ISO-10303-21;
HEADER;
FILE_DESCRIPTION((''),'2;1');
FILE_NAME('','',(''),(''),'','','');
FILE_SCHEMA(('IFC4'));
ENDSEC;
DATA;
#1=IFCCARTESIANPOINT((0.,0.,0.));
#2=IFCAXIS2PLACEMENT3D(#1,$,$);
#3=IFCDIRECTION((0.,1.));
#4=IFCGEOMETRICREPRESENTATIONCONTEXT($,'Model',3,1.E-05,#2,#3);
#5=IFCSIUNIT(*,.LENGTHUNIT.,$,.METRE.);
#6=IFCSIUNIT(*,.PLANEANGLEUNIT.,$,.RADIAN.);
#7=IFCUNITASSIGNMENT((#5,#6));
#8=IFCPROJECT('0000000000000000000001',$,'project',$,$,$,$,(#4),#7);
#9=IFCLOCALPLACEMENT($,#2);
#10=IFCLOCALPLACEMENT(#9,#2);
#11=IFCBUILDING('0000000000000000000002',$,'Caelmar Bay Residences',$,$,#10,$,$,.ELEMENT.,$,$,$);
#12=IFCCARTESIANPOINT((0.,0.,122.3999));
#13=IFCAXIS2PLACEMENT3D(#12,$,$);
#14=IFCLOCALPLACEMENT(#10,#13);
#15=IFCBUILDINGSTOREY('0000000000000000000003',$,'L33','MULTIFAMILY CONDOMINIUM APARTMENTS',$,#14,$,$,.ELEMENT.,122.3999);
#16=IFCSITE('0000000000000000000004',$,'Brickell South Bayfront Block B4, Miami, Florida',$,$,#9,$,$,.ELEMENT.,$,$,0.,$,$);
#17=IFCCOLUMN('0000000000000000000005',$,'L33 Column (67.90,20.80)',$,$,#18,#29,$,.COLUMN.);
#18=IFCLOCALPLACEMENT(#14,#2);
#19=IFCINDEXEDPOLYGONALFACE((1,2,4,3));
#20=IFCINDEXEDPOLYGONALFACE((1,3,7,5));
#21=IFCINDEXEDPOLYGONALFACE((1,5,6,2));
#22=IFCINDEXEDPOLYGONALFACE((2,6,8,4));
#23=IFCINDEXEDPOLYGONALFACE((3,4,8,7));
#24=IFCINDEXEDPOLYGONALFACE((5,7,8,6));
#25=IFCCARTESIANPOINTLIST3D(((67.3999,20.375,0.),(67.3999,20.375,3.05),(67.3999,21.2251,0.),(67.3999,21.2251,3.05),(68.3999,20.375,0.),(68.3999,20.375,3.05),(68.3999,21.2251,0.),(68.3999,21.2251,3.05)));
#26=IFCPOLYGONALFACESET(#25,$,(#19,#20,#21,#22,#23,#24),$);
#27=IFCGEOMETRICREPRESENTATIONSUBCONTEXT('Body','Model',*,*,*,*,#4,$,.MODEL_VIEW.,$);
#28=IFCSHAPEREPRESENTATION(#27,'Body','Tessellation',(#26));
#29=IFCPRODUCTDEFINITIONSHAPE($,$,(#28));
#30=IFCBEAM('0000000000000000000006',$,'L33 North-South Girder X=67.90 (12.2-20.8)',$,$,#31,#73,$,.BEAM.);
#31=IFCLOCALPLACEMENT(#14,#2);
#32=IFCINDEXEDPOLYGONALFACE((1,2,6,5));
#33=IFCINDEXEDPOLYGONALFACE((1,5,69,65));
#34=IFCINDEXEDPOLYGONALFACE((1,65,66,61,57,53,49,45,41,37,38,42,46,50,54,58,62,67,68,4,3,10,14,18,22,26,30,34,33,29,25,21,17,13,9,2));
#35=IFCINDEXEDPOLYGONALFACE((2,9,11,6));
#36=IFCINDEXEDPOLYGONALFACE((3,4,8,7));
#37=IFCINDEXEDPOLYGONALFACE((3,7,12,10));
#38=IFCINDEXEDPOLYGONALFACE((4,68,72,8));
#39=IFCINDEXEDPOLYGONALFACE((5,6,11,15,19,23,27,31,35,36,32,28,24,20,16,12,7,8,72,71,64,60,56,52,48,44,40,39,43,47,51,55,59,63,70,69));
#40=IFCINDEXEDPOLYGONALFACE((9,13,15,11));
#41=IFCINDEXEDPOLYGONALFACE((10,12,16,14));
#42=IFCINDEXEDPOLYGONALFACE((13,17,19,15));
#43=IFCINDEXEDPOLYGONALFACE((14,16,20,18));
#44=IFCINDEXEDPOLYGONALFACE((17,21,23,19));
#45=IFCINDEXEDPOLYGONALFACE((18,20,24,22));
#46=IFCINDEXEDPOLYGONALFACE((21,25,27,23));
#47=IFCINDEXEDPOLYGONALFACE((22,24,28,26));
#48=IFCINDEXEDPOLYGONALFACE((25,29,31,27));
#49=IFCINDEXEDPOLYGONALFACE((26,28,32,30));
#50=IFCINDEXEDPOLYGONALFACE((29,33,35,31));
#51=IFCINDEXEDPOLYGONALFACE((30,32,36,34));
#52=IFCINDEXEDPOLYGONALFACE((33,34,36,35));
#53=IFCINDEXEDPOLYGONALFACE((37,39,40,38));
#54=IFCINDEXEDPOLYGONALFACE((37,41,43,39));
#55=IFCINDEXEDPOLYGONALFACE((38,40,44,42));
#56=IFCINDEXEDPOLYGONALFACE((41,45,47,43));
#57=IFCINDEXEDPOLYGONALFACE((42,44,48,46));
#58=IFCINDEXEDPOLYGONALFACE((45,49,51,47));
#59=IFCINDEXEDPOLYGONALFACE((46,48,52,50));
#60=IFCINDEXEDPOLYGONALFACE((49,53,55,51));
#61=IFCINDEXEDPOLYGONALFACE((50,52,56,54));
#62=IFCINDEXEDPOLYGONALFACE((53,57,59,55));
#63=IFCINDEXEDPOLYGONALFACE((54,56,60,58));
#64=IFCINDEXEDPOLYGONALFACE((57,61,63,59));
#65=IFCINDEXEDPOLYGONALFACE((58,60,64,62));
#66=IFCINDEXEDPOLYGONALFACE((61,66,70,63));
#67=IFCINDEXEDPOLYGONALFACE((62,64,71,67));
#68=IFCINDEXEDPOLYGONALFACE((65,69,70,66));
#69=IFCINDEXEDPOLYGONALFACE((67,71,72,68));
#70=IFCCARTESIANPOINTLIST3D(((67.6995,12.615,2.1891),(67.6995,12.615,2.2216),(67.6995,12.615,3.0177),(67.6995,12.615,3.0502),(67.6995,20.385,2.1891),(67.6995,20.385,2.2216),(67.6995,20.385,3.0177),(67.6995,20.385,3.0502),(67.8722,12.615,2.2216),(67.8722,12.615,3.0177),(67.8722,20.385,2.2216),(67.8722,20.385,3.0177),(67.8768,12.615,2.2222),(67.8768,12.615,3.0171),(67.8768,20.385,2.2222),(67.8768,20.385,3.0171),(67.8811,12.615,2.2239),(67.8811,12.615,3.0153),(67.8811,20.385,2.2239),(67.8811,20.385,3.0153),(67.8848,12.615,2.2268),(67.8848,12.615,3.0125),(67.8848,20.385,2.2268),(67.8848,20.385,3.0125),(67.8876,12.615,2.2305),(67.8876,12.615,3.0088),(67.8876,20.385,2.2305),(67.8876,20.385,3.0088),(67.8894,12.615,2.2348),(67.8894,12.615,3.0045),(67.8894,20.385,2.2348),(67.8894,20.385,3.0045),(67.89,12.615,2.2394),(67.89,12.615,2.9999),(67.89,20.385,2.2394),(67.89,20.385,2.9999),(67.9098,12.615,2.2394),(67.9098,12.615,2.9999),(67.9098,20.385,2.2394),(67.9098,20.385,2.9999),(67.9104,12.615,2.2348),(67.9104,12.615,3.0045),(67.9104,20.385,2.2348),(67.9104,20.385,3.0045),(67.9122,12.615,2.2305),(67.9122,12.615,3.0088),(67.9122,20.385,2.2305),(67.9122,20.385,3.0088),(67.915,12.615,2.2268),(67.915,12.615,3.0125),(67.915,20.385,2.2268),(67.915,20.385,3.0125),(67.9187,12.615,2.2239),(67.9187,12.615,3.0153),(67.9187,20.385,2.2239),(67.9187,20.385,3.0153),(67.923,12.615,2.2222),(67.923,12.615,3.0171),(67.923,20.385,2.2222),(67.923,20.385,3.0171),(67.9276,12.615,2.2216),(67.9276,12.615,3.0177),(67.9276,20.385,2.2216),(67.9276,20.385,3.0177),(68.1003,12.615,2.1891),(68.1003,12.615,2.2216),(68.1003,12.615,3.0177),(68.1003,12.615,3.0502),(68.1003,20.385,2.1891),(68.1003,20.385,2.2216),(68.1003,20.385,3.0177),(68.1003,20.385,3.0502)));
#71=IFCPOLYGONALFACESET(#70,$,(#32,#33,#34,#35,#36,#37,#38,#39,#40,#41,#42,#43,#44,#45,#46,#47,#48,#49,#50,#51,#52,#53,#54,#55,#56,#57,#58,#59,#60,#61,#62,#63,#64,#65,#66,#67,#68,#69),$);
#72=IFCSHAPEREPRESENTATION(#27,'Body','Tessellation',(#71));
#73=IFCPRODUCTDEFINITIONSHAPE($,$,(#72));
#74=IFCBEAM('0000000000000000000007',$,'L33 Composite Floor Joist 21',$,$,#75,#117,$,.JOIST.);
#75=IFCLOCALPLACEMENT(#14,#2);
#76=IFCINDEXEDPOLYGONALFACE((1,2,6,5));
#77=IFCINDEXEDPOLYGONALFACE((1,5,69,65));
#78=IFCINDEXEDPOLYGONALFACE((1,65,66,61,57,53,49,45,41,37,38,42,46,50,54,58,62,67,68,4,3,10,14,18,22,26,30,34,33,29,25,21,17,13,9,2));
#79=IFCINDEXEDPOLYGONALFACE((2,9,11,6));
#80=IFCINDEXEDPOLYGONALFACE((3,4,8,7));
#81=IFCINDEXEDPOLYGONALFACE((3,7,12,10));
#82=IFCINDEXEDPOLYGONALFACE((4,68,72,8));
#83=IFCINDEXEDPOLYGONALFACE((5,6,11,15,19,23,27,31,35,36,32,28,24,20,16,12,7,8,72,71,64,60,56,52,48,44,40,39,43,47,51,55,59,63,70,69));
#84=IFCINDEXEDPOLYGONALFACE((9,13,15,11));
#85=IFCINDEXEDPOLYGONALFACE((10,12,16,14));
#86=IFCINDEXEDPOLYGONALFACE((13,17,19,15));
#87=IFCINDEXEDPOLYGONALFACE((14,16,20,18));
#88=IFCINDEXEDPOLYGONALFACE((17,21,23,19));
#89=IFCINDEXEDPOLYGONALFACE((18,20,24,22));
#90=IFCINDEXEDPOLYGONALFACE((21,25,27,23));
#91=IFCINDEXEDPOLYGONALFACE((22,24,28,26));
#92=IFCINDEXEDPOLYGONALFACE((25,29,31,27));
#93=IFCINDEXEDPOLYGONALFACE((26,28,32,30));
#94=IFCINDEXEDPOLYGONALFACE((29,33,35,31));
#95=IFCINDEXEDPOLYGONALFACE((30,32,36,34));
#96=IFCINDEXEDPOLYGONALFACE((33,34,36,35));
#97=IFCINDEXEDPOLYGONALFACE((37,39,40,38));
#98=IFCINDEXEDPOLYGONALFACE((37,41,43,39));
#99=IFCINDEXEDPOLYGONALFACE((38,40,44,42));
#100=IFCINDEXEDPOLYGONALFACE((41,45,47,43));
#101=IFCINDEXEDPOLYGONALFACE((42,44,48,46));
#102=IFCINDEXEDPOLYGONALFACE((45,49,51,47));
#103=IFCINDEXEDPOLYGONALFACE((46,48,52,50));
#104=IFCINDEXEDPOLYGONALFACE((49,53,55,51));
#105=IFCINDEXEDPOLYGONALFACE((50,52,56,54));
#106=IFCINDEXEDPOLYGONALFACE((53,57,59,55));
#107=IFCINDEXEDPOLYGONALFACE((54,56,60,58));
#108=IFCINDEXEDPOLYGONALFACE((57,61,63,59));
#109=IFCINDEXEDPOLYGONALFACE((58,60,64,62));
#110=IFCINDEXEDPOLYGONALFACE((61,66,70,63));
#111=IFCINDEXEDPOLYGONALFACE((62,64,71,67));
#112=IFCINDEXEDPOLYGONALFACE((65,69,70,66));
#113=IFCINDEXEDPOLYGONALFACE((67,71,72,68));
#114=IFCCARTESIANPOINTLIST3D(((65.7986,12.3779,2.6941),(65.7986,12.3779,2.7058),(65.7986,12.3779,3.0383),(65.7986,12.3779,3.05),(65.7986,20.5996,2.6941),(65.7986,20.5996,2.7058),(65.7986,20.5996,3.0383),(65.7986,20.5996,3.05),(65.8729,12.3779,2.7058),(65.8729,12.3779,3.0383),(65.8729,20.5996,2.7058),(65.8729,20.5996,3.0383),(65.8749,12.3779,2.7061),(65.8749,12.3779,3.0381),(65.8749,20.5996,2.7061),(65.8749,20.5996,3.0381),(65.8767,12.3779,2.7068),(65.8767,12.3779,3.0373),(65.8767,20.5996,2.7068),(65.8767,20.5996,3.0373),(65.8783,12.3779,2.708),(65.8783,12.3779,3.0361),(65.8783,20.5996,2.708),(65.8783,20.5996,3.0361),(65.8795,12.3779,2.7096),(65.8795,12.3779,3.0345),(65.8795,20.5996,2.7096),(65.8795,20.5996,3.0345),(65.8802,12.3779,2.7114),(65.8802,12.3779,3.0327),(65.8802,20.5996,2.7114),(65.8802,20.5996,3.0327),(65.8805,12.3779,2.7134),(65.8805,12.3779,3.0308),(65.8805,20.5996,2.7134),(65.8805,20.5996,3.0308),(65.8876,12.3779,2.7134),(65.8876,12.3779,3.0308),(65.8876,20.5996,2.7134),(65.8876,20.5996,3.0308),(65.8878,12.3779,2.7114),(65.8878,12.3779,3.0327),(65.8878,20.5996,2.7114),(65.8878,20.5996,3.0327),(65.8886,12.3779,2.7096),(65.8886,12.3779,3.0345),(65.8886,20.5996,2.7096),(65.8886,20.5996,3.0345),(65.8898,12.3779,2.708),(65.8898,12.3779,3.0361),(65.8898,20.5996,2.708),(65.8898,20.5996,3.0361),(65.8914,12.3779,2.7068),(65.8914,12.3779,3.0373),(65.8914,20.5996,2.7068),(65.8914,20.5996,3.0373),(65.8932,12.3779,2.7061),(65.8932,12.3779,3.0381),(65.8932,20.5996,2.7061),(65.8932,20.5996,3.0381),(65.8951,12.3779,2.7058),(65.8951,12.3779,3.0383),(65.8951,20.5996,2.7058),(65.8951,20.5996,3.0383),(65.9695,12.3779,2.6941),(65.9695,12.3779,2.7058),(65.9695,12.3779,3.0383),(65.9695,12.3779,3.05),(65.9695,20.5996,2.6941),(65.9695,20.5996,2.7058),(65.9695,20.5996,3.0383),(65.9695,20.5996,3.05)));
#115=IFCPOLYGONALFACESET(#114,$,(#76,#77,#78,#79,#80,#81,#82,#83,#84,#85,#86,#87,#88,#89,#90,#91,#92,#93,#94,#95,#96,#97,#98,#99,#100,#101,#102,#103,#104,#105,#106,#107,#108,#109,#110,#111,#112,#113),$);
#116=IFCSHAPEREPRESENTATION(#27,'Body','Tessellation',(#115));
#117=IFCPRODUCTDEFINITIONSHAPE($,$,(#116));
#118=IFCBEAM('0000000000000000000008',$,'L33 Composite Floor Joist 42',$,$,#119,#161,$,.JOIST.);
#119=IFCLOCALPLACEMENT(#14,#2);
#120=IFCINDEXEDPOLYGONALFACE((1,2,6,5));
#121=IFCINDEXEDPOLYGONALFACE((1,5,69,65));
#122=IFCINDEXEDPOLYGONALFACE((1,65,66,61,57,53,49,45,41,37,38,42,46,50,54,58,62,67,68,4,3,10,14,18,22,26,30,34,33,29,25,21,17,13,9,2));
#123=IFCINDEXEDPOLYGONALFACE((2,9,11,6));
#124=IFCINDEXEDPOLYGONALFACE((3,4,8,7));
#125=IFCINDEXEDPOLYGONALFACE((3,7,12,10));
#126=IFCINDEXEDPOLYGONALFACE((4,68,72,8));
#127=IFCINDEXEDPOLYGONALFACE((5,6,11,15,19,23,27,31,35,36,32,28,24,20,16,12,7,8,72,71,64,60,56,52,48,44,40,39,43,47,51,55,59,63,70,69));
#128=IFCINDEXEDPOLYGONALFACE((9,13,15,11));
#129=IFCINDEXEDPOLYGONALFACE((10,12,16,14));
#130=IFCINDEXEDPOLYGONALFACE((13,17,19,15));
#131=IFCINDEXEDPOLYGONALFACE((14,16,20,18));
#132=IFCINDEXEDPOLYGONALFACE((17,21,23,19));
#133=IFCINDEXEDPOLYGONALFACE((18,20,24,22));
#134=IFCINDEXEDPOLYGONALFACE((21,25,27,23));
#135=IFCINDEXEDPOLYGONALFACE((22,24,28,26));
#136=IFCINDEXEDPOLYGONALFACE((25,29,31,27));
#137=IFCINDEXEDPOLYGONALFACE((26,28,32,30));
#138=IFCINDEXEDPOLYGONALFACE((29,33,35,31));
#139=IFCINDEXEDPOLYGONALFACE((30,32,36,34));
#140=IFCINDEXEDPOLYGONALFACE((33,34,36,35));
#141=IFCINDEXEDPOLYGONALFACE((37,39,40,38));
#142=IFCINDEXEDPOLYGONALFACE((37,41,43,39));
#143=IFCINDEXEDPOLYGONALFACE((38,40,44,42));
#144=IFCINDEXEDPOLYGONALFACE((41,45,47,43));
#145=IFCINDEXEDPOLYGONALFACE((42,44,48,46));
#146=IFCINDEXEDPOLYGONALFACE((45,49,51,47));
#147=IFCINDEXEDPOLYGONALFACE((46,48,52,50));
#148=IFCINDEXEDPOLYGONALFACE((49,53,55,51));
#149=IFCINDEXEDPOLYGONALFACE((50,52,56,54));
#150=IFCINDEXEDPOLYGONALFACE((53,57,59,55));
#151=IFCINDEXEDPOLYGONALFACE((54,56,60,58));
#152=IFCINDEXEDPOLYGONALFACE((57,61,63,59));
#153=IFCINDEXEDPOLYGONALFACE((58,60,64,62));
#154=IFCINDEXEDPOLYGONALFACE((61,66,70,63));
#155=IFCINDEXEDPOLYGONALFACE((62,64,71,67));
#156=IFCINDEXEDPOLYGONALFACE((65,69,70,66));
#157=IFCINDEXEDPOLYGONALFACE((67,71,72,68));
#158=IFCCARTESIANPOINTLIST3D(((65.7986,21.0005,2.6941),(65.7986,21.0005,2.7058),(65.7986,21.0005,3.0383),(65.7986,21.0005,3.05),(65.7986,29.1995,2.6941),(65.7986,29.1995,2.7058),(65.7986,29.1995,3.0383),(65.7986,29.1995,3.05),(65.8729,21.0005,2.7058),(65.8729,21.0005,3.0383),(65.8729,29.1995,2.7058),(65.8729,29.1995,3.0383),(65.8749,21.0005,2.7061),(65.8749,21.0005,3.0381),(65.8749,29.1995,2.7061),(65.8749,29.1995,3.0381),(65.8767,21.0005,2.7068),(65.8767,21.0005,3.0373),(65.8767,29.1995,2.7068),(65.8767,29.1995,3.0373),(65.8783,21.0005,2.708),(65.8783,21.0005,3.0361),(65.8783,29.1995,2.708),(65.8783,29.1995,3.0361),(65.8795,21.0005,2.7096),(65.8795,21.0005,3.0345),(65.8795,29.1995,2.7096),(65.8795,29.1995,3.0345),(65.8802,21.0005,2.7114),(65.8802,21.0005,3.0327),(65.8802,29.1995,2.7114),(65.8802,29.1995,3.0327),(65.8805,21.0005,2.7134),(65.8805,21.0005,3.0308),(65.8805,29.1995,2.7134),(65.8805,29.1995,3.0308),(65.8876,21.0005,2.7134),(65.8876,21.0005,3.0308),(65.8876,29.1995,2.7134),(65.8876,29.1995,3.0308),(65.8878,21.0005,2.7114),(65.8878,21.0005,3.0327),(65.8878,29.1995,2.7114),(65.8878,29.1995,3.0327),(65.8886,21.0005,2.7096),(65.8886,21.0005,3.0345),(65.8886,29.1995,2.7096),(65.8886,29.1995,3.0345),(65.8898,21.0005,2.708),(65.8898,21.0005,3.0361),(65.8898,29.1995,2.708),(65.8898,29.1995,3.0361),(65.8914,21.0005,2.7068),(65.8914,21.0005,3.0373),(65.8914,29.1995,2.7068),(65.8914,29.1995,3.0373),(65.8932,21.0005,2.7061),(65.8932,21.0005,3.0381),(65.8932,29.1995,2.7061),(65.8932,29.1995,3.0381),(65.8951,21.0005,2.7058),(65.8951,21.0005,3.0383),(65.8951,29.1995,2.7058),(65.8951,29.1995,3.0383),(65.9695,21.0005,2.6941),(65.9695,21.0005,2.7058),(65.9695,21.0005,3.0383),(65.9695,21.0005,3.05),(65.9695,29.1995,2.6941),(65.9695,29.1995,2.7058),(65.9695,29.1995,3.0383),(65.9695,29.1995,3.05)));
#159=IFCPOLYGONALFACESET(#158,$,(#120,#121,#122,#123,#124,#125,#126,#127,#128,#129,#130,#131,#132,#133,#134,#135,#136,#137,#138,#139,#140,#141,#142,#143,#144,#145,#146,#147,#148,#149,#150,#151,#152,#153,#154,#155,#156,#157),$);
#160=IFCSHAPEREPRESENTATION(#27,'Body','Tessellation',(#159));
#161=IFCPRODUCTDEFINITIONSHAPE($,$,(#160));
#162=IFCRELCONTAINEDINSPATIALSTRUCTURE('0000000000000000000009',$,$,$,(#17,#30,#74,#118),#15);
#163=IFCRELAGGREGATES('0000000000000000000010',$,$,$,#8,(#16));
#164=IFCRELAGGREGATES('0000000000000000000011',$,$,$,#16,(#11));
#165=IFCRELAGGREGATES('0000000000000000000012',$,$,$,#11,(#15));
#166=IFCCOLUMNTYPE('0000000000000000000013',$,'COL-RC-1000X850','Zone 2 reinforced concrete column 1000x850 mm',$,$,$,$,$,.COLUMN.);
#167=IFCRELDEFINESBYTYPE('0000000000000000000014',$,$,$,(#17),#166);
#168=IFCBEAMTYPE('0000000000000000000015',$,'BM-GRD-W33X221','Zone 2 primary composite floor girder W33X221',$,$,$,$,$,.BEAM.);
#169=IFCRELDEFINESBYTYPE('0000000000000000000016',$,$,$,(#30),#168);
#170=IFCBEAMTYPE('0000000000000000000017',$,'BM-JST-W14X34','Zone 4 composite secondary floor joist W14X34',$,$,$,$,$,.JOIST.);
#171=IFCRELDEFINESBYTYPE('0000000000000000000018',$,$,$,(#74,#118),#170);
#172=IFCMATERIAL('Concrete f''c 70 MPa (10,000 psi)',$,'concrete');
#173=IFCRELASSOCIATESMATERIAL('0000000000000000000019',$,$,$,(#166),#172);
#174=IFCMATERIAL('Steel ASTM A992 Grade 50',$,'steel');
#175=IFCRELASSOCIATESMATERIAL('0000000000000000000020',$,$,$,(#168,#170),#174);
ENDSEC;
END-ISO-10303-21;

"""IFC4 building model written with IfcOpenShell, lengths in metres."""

from ifc_helpers import new_model, si_unit, direction, frame, origin, origin_2d, place, context, subcontext, project, spatial, rectangle, i_section, extrude, material, material_profile, profile_set, type_object, element, save


model = new_model("IFC4")

# Units and contexts
model_context = context("Model", 3, precision=1e-05, world=origin(), true_north=direction((0.0, 1.0)))
body_context = subcontext(model_context, "Body", "Model", "MODEL_VIEW")
ifc_project = project(units=[si_unit("LENGTHUNIT", "METRE"), si_unit("PLANEANGLEUNIT", "RADIAN")], contexts=[model_context])

# Site, building, storey
site_placement = place(None, origin())
site = spatial("IfcSite", under=ifc_project, at=site_placement, Name="Brickell South Bayfront Block B4, Miami, Florida", CompositionType="ELEMENT", RefElevation=0.0)
building_placement = place(site_placement, origin())
building = spatial("IfcBuilding", under=site, at=building_placement, Name="Caelmar Bay Residences", CompositionType="ELEMENT")
storey_placement = place(building_placement, frame((0.0, 0.0, 122.3999)))
storey = spatial("IfcBuildingStorey", under=building, at=storey_placement, Name="L33", Description="MULTIFAMILY CONDOMINIUM APARTMENTS", CompositionType="ELEMENT", Elevation=122.3999)

# Column
ifc_material_1 = material(Name="Concrete f'c 70 MPa (10,000 psi)", Category="concrete")
ifc_material_profile_1 = material_profile(ifc_material_1, rectangle(XDim=1.0, YDim=0.8501, at=origin_2d()), Name="RC-COL-1000X850")
ifc_profile_set_1 = profile_set([ifc_material_profile_1], Name="Concrete f'c 70 MPa (10,000 psi)")
column_type = type_object("IfcColumnType", Name="COL-RC-1000X850", Description="Zone 2 reinforced concrete column 1000x850 mm", PredefinedType="COLUMN", material=ifc_profile_set_1)
column_placement = place(storey_placement, frame((67.8999, 20.8, 0.0), z_axis=(0.0, 0.0, 1.0), x_axis=(1.0, 0.0, 0.0)))
element("IfcColumn", 1, at=column_placement, inside=storey, type_object=column_type, Name="L33 Column (67.90,20.80)", PredefinedType="COLUMN", context=body_context, shape_type="SweptSolid", body=[
    extrude(rectangle(XDim=1.0, YDim=0.8501, at=origin_2d()), origin(), (0.0, 0.0, 1.0), 3.05),
])

# Beams
ifc_material_2 = material(Name="Steel ASTM A992 Grade 50", Category="steel")
ifc_material_profile_2 = material_profile(ifc_material_2, i_section(OverallWidth=0.4009, OverallDepth=0.8611, WebThickness=0.0198, FlangeThickness=0.0325, FilletRadius=0.0178, at=origin_2d()), Name="W33X221")
ifc_profile_set_2 = profile_set([ifc_material_profile_2], Name="Steel ASTM A992 Grade 50")
beam_type_1 = type_object("IfcBeamType", Name="BM-GRD-W33X221", Description="Zone 2 primary composite floor girder W33X221", PredefinedType="BEAM", material=ifc_profile_set_2)
beam_1_placement = place(storey_placement, frame((67.8999, 12.615, 2.6196), z_axis=(0.0, 1.0, 0.0), x_axis=(-1.0, 0.0, 0.0)))
element("IfcBeam", 2, at=beam_1_placement, inside=storey, type_object=beam_type_1, Name="L33 North-South Girder X=67.90 (12.2-20.8)", PredefinedType="BEAM", context=body_context, shape_type="SweptSolid", body=[
    extrude(i_section(OverallWidth=0.4009, OverallDepth=0.8611, WebThickness=0.0198, FlangeThickness=0.0325, FilletRadius=0.0178, at=origin_2d()), origin(), (0.0, 0.0, 1.0), 7.77),
])
ifc_material_profile_3 = material_profile(ifc_material_2, i_section(OverallWidth=0.1709, OverallDepth=0.356, WebThickness=0.0071, FlangeThickness=0.0117, FilletRadius=0.0076, at=origin_2d()), Name="W14X34")
ifc_profile_set_3 = profile_set([ifc_material_profile_3], Name="Steel ASTM A992 Grade 50")
beam_type_2 = type_object("IfcBeamType", Name="BM-JST-W14X34", Description="Zone 4 composite secondary floor joist W14X34", PredefinedType="JOIST", material=ifc_profile_set_3)
beam_2_placement = place(storey_placement, frame((65.884, 12.3779, 2.8721), z_axis=(0.0, 1.0, 0.0), x_axis=(-1.0, 0.0, 0.0)))
element("IfcBeam", 3, at=beam_2_placement, inside=storey, type_object=beam_type_2, Name="L33 Composite Floor Joist 21", PredefinedType="JOIST", context=body_context, shape_type="SweptSolid", body=[
    extrude(i_section(OverallWidth=0.1709, OverallDepth=0.356, WebThickness=0.0071, FlangeThickness=0.0117, FilletRadius=0.0076, at=origin_2d()), origin(), (0.0, 0.0, 1.0), 8.2217),
])
beam_3_placement = place(storey_placement, frame((65.884, 21.0005, 2.8721), z_axis=(0.0, 1.0, 0.0), x_axis=(-1.0, 0.0, 0.0)))
element("IfcBeam", 4, at=beam_3_placement, inside=storey, type_object=beam_type_2, Name="L33 Composite Floor Joist 42", PredefinedType="JOIST", context=body_context, shape_type="SweptSolid", body=[
    extrude(i_section(OverallWidth=0.1709, OverallDepth=0.356, WebThickness=0.0071, FlangeThickness=0.0117, FilletRadius=0.0076, at=origin_2d()), origin(), (0.0, 0.0, 1.0), 8.199),
])

save(model, "model.ifc")
